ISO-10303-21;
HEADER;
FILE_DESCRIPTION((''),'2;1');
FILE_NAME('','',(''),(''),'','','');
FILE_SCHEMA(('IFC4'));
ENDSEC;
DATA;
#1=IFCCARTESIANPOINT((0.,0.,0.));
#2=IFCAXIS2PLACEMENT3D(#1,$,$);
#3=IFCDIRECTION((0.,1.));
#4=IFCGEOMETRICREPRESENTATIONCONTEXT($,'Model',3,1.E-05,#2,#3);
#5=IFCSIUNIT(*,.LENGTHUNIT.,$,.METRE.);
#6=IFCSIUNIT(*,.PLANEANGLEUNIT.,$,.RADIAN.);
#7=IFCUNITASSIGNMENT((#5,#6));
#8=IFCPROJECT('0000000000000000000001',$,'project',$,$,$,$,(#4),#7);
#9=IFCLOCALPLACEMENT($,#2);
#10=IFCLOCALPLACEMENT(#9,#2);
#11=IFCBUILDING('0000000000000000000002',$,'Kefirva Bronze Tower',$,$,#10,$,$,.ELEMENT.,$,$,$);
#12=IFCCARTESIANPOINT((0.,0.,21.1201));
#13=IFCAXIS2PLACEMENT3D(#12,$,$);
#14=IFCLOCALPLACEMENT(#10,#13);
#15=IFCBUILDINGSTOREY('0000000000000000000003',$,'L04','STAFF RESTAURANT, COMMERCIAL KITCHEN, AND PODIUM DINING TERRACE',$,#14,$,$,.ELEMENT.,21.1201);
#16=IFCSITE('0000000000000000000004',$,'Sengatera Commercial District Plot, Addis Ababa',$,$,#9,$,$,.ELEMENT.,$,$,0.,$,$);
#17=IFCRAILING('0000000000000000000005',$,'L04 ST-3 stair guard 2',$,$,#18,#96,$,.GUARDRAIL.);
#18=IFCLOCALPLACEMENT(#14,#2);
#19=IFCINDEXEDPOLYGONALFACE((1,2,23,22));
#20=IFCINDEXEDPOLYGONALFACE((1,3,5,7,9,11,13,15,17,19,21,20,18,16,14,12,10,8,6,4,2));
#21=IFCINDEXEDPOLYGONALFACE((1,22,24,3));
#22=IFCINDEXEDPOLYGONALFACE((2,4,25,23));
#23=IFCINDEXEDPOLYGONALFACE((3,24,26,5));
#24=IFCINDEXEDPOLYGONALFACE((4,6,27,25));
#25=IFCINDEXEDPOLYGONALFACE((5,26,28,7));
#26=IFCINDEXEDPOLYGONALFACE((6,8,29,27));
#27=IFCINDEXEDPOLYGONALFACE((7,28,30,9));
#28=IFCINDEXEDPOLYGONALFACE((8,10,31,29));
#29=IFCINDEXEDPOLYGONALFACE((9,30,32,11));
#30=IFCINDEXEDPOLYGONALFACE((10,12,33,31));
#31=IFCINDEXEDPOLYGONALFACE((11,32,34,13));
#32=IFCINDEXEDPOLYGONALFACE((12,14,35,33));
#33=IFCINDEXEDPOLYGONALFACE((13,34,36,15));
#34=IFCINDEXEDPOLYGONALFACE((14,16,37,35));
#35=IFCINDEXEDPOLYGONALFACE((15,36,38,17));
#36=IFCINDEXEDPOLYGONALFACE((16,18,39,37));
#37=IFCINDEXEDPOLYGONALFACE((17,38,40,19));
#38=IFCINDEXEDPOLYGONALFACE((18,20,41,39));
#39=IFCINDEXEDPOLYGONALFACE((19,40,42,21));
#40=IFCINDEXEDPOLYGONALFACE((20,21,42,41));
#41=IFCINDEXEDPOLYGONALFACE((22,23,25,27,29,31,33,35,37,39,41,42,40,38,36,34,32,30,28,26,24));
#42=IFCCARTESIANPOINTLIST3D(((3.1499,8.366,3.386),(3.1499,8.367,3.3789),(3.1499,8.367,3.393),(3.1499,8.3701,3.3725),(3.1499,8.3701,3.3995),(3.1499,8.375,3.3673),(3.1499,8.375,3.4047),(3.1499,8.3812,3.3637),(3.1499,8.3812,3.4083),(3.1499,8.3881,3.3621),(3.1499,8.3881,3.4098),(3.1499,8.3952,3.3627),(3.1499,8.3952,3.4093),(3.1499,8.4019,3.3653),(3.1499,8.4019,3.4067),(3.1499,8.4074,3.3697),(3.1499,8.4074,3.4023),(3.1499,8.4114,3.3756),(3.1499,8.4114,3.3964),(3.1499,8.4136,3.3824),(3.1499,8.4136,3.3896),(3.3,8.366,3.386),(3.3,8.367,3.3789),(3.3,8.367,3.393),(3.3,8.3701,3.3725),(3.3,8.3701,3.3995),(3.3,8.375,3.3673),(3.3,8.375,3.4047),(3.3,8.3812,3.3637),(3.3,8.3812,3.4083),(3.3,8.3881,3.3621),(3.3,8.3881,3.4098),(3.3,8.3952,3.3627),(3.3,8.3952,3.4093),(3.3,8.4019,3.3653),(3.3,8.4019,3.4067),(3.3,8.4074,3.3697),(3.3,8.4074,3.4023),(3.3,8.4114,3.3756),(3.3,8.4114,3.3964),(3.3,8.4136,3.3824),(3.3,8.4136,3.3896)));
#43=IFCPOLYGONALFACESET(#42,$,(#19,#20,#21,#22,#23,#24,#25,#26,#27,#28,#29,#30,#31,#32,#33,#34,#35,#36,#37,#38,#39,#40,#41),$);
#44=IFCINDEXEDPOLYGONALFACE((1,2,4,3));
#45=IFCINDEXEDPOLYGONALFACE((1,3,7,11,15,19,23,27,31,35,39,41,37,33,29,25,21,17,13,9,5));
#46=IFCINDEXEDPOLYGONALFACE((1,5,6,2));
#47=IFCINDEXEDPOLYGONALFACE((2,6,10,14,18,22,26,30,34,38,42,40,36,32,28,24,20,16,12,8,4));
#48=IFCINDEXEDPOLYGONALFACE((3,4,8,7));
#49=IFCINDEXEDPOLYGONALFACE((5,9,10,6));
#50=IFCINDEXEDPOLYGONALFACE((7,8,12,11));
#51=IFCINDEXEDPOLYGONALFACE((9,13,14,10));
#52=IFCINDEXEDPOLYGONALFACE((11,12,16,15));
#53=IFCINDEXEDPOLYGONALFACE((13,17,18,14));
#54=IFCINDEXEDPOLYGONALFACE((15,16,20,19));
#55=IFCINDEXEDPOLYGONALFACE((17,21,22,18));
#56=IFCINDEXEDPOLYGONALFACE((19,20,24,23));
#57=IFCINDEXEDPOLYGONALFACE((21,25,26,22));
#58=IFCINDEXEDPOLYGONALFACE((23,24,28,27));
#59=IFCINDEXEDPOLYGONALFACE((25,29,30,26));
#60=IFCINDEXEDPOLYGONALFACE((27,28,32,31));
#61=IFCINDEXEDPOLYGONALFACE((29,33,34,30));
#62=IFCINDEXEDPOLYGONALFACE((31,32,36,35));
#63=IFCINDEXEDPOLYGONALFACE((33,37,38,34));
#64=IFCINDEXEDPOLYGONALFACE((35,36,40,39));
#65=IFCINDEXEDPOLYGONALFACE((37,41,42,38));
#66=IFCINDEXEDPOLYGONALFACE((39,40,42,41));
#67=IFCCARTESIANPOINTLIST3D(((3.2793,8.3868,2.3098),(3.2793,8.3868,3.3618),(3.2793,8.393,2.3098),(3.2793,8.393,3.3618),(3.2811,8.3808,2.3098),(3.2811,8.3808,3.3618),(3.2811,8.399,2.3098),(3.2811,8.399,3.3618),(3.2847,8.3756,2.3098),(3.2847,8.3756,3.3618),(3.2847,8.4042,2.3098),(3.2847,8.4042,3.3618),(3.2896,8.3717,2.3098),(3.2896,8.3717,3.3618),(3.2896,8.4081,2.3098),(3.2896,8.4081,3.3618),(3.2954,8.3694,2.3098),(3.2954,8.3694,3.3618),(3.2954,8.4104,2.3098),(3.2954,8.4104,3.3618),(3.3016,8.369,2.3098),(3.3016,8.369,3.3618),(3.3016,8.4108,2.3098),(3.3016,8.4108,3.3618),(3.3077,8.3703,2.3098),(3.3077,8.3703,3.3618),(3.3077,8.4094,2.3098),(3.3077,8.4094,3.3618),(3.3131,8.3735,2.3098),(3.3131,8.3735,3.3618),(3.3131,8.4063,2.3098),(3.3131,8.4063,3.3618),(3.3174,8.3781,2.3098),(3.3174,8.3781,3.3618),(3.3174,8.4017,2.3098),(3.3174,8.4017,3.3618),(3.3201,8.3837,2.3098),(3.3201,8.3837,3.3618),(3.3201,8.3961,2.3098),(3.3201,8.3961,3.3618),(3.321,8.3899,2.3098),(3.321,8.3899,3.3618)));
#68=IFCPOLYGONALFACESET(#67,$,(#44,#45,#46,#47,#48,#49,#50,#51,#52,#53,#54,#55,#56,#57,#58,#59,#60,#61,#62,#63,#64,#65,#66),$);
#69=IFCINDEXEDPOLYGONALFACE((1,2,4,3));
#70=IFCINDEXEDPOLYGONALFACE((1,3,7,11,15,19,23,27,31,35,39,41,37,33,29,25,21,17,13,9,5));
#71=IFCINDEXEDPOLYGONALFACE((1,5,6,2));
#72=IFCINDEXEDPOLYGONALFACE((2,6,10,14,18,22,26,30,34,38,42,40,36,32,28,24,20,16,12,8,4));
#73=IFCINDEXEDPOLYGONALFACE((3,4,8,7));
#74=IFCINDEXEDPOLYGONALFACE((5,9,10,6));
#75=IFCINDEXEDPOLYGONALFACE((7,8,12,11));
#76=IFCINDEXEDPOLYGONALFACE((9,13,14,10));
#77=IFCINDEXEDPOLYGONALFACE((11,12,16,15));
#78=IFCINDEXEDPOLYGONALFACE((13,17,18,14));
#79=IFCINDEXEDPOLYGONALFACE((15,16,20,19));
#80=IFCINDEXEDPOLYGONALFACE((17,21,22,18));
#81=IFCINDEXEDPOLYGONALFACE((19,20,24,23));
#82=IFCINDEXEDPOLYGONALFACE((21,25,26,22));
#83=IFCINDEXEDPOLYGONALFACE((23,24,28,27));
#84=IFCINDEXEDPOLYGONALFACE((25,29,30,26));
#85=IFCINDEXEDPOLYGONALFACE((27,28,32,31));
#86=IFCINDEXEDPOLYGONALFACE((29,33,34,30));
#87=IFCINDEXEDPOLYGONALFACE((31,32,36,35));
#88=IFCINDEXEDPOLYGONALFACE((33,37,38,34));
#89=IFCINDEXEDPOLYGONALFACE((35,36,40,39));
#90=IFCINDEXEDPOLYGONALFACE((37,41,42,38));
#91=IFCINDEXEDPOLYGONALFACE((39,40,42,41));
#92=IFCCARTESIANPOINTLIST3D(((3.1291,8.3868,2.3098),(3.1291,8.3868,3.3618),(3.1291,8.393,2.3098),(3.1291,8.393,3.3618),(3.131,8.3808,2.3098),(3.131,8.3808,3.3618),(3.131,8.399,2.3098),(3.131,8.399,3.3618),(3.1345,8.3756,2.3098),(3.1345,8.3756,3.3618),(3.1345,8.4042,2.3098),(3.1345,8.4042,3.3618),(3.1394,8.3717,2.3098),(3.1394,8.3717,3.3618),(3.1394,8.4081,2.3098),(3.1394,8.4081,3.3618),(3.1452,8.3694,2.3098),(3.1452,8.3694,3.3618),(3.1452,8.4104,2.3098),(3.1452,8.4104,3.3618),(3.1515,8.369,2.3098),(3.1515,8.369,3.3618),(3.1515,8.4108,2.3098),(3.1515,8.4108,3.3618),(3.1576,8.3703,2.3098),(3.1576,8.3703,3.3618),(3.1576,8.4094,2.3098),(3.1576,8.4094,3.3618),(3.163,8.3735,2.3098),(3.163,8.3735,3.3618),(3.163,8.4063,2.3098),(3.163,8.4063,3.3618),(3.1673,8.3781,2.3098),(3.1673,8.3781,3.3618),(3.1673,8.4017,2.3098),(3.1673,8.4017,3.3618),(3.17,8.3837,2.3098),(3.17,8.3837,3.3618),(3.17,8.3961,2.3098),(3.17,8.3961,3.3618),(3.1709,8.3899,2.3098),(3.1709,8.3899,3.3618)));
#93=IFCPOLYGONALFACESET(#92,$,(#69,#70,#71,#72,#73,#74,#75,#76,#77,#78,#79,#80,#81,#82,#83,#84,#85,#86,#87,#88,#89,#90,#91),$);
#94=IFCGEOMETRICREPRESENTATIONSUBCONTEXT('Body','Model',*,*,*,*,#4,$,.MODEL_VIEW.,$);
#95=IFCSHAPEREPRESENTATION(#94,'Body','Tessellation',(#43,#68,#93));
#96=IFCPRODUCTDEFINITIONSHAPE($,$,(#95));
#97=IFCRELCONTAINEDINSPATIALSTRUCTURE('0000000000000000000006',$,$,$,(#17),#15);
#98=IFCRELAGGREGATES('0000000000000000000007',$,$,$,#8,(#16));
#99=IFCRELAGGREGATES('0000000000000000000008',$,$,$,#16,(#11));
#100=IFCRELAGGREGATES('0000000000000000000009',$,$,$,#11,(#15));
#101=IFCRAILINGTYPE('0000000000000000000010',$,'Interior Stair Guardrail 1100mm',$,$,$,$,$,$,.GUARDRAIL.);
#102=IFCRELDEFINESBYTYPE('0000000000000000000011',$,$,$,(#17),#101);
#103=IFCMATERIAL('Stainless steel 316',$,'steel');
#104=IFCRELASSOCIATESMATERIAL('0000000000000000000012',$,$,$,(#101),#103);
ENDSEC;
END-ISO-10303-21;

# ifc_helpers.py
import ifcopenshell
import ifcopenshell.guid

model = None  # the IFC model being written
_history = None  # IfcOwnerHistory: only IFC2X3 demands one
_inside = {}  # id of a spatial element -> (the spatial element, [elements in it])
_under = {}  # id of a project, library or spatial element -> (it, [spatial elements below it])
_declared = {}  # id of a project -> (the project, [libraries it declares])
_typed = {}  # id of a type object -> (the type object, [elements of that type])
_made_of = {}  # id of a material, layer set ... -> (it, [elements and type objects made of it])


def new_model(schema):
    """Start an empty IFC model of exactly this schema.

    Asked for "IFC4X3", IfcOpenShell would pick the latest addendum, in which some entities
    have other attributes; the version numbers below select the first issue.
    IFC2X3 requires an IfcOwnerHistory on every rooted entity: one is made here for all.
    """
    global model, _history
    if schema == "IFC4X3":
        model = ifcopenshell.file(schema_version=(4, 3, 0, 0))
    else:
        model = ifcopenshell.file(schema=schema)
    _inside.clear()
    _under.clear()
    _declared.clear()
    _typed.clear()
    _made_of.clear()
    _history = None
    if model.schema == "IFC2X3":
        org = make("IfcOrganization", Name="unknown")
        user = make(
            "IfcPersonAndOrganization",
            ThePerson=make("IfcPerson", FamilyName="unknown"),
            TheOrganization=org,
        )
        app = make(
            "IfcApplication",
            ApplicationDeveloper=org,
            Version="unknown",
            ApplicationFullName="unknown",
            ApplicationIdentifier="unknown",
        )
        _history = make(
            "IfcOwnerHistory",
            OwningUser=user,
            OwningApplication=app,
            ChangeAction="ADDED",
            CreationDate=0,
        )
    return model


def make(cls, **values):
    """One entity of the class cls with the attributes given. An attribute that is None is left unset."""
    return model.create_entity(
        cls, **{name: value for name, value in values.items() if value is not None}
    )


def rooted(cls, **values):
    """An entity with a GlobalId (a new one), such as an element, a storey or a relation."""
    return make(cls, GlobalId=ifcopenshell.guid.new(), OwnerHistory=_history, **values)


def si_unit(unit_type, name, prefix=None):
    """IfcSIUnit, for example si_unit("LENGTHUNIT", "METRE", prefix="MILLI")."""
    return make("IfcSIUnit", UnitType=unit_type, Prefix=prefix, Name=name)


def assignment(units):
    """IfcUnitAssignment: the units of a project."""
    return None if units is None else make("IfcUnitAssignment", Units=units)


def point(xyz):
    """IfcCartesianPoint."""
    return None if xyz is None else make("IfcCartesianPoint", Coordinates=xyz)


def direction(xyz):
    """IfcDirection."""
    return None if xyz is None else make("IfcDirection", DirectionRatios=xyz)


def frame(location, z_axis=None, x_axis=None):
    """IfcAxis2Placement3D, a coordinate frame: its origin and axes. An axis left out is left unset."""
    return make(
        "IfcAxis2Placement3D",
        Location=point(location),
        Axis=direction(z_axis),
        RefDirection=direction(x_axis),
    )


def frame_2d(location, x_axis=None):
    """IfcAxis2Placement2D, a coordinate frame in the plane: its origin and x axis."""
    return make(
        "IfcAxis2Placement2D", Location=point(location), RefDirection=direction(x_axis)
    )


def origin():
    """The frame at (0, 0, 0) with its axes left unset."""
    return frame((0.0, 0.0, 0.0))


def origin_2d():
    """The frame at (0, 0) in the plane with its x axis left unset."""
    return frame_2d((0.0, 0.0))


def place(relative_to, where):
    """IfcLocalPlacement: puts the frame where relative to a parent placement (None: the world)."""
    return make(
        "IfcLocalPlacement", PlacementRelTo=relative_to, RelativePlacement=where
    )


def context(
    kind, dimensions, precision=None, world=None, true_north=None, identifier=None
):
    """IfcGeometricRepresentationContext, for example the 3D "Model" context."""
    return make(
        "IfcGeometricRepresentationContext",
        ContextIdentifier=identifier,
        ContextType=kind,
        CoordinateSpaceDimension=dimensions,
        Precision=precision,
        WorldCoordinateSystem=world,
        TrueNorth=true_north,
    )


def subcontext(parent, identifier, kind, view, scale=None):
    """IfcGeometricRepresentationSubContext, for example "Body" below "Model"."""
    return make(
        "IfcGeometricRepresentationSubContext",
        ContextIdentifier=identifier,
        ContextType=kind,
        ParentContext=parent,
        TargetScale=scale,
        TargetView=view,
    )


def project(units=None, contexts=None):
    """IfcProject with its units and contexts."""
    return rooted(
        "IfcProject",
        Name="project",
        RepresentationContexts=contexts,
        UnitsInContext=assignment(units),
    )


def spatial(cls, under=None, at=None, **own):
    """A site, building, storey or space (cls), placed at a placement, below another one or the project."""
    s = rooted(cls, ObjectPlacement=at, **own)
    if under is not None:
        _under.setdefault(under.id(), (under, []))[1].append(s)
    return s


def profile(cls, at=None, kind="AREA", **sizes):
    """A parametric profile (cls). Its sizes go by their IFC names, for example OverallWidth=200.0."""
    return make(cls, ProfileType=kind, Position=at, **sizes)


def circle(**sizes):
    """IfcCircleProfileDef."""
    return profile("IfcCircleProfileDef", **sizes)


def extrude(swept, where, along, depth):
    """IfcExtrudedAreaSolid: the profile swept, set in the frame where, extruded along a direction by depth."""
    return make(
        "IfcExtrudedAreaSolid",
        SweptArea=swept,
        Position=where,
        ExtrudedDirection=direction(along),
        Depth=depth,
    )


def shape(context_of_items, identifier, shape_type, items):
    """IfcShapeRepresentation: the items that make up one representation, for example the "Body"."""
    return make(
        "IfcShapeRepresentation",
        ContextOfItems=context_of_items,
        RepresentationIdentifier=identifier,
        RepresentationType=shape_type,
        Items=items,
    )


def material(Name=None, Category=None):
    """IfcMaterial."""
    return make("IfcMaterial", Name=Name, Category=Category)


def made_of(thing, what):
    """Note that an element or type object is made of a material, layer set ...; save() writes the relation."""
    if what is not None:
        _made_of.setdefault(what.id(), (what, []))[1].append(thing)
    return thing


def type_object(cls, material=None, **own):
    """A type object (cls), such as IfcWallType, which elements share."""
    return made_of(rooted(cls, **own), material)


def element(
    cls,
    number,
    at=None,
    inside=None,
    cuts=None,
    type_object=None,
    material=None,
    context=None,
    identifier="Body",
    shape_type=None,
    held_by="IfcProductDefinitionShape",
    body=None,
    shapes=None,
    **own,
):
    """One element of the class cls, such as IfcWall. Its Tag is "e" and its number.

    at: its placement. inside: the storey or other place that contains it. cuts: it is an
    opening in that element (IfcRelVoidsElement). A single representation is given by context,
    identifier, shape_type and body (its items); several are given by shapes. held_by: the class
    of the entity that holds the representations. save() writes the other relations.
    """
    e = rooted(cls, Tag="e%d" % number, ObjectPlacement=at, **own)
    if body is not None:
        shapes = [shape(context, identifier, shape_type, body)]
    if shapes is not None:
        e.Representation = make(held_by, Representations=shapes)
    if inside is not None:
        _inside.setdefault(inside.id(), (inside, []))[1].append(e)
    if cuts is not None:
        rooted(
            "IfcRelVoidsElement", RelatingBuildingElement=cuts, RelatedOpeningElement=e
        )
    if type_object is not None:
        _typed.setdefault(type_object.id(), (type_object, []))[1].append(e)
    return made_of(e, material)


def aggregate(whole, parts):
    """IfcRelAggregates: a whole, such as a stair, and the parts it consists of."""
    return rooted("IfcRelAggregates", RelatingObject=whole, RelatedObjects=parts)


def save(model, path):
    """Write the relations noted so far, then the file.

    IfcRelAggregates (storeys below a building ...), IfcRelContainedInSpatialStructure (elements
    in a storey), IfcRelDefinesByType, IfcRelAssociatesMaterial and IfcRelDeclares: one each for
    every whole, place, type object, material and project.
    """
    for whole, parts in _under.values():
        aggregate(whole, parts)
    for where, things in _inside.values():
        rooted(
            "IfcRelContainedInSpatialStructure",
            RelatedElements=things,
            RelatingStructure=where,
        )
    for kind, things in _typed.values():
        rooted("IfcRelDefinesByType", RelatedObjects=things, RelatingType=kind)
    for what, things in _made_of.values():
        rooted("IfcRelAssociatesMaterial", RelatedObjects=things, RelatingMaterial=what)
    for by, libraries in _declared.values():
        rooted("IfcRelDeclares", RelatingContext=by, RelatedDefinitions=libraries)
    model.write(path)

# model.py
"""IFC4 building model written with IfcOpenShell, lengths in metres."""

from ifc_helpers import new_model, si_unit, direction, frame, origin, origin_2d, place, context, subcontext, project, spatial, circle, extrude, material, type_object, element, save


model = new_model("IFC4")

# Units and contexts
model_context = context("Model", 3, precision=1e-05, world=origin(), true_north=direction((0.0, 1.0)))
body_context = subcontext(model_context, "Body", "Model", "MODEL_VIEW")
ifc_project = project(units=[si_unit("LENGTHUNIT", "METRE"), si_unit("PLANEANGLEUNIT", "RADIAN")], contexts=[model_context])

# Site, building, storey
site_placement = place(None, origin())
site = spatial("IfcSite", under=ifc_project, at=site_placement, Name="Sengatera Commercial District Plot, Addis Ababa", CompositionType="ELEMENT", RefElevation=0.0)
building_placement = place(site_placement, origin())
building = spatial("IfcBuilding", under=site, at=building_placement, Name="Kefirva Bronze Tower", CompositionType="ELEMENT")
storey_placement = place(building_placement, frame((0.0, 0.0, 21.1201)))
storey = spatial("IfcBuildingStorey", under=building, at=storey_placement, Name="L04", Description="STAFF RESTAURANT, COMMERCIAL KITCHEN, AND PODIUM DINING TERRACE", CompositionType="ELEMENT", Elevation=21.1201)

# Railing
ifc_material_1 = material(Name="Stainless steel 316", Category="steel")
railing_type_1 = type_object("IfcRailingType", Name="Interior Stair Guardrail 1100mm", PredefinedType="GUARDRAIL", material=ifc_material_1)
railing_1_placement = place(storey_placement, frame((3.3, 8.3899, 2.3098)))
element("IfcRailing", 1, at=railing_1_placement, inside=storey, type_object=railing_type_1, Name="L04 ST-3 stair guard 2", PredefinedType="GUARDRAIL", context=body_context, shape_type="SweptSolid", body=[
    extrude(circle(Radius=0.0239, at=origin_2d()), frame((0.0, 0.0, 1.0762), z_axis=(-1.0, 0.0, 0.0), x_axis=(0.0, -1.0, 0.0)), (0.0, 0.0, 1.0), 0.1501),
    extrude(circle(Radius=0.021, at=origin_2d()), origin(), (0.0, 0.0, 1.0), 1.052),
    extrude(circle(Radius=0.021, at=origin_2d()), frame((-0.1501, 0.0, 0.0)), (0.0, 0.0, 1.0), 1.052),
])

save(model, "model.ifc")
